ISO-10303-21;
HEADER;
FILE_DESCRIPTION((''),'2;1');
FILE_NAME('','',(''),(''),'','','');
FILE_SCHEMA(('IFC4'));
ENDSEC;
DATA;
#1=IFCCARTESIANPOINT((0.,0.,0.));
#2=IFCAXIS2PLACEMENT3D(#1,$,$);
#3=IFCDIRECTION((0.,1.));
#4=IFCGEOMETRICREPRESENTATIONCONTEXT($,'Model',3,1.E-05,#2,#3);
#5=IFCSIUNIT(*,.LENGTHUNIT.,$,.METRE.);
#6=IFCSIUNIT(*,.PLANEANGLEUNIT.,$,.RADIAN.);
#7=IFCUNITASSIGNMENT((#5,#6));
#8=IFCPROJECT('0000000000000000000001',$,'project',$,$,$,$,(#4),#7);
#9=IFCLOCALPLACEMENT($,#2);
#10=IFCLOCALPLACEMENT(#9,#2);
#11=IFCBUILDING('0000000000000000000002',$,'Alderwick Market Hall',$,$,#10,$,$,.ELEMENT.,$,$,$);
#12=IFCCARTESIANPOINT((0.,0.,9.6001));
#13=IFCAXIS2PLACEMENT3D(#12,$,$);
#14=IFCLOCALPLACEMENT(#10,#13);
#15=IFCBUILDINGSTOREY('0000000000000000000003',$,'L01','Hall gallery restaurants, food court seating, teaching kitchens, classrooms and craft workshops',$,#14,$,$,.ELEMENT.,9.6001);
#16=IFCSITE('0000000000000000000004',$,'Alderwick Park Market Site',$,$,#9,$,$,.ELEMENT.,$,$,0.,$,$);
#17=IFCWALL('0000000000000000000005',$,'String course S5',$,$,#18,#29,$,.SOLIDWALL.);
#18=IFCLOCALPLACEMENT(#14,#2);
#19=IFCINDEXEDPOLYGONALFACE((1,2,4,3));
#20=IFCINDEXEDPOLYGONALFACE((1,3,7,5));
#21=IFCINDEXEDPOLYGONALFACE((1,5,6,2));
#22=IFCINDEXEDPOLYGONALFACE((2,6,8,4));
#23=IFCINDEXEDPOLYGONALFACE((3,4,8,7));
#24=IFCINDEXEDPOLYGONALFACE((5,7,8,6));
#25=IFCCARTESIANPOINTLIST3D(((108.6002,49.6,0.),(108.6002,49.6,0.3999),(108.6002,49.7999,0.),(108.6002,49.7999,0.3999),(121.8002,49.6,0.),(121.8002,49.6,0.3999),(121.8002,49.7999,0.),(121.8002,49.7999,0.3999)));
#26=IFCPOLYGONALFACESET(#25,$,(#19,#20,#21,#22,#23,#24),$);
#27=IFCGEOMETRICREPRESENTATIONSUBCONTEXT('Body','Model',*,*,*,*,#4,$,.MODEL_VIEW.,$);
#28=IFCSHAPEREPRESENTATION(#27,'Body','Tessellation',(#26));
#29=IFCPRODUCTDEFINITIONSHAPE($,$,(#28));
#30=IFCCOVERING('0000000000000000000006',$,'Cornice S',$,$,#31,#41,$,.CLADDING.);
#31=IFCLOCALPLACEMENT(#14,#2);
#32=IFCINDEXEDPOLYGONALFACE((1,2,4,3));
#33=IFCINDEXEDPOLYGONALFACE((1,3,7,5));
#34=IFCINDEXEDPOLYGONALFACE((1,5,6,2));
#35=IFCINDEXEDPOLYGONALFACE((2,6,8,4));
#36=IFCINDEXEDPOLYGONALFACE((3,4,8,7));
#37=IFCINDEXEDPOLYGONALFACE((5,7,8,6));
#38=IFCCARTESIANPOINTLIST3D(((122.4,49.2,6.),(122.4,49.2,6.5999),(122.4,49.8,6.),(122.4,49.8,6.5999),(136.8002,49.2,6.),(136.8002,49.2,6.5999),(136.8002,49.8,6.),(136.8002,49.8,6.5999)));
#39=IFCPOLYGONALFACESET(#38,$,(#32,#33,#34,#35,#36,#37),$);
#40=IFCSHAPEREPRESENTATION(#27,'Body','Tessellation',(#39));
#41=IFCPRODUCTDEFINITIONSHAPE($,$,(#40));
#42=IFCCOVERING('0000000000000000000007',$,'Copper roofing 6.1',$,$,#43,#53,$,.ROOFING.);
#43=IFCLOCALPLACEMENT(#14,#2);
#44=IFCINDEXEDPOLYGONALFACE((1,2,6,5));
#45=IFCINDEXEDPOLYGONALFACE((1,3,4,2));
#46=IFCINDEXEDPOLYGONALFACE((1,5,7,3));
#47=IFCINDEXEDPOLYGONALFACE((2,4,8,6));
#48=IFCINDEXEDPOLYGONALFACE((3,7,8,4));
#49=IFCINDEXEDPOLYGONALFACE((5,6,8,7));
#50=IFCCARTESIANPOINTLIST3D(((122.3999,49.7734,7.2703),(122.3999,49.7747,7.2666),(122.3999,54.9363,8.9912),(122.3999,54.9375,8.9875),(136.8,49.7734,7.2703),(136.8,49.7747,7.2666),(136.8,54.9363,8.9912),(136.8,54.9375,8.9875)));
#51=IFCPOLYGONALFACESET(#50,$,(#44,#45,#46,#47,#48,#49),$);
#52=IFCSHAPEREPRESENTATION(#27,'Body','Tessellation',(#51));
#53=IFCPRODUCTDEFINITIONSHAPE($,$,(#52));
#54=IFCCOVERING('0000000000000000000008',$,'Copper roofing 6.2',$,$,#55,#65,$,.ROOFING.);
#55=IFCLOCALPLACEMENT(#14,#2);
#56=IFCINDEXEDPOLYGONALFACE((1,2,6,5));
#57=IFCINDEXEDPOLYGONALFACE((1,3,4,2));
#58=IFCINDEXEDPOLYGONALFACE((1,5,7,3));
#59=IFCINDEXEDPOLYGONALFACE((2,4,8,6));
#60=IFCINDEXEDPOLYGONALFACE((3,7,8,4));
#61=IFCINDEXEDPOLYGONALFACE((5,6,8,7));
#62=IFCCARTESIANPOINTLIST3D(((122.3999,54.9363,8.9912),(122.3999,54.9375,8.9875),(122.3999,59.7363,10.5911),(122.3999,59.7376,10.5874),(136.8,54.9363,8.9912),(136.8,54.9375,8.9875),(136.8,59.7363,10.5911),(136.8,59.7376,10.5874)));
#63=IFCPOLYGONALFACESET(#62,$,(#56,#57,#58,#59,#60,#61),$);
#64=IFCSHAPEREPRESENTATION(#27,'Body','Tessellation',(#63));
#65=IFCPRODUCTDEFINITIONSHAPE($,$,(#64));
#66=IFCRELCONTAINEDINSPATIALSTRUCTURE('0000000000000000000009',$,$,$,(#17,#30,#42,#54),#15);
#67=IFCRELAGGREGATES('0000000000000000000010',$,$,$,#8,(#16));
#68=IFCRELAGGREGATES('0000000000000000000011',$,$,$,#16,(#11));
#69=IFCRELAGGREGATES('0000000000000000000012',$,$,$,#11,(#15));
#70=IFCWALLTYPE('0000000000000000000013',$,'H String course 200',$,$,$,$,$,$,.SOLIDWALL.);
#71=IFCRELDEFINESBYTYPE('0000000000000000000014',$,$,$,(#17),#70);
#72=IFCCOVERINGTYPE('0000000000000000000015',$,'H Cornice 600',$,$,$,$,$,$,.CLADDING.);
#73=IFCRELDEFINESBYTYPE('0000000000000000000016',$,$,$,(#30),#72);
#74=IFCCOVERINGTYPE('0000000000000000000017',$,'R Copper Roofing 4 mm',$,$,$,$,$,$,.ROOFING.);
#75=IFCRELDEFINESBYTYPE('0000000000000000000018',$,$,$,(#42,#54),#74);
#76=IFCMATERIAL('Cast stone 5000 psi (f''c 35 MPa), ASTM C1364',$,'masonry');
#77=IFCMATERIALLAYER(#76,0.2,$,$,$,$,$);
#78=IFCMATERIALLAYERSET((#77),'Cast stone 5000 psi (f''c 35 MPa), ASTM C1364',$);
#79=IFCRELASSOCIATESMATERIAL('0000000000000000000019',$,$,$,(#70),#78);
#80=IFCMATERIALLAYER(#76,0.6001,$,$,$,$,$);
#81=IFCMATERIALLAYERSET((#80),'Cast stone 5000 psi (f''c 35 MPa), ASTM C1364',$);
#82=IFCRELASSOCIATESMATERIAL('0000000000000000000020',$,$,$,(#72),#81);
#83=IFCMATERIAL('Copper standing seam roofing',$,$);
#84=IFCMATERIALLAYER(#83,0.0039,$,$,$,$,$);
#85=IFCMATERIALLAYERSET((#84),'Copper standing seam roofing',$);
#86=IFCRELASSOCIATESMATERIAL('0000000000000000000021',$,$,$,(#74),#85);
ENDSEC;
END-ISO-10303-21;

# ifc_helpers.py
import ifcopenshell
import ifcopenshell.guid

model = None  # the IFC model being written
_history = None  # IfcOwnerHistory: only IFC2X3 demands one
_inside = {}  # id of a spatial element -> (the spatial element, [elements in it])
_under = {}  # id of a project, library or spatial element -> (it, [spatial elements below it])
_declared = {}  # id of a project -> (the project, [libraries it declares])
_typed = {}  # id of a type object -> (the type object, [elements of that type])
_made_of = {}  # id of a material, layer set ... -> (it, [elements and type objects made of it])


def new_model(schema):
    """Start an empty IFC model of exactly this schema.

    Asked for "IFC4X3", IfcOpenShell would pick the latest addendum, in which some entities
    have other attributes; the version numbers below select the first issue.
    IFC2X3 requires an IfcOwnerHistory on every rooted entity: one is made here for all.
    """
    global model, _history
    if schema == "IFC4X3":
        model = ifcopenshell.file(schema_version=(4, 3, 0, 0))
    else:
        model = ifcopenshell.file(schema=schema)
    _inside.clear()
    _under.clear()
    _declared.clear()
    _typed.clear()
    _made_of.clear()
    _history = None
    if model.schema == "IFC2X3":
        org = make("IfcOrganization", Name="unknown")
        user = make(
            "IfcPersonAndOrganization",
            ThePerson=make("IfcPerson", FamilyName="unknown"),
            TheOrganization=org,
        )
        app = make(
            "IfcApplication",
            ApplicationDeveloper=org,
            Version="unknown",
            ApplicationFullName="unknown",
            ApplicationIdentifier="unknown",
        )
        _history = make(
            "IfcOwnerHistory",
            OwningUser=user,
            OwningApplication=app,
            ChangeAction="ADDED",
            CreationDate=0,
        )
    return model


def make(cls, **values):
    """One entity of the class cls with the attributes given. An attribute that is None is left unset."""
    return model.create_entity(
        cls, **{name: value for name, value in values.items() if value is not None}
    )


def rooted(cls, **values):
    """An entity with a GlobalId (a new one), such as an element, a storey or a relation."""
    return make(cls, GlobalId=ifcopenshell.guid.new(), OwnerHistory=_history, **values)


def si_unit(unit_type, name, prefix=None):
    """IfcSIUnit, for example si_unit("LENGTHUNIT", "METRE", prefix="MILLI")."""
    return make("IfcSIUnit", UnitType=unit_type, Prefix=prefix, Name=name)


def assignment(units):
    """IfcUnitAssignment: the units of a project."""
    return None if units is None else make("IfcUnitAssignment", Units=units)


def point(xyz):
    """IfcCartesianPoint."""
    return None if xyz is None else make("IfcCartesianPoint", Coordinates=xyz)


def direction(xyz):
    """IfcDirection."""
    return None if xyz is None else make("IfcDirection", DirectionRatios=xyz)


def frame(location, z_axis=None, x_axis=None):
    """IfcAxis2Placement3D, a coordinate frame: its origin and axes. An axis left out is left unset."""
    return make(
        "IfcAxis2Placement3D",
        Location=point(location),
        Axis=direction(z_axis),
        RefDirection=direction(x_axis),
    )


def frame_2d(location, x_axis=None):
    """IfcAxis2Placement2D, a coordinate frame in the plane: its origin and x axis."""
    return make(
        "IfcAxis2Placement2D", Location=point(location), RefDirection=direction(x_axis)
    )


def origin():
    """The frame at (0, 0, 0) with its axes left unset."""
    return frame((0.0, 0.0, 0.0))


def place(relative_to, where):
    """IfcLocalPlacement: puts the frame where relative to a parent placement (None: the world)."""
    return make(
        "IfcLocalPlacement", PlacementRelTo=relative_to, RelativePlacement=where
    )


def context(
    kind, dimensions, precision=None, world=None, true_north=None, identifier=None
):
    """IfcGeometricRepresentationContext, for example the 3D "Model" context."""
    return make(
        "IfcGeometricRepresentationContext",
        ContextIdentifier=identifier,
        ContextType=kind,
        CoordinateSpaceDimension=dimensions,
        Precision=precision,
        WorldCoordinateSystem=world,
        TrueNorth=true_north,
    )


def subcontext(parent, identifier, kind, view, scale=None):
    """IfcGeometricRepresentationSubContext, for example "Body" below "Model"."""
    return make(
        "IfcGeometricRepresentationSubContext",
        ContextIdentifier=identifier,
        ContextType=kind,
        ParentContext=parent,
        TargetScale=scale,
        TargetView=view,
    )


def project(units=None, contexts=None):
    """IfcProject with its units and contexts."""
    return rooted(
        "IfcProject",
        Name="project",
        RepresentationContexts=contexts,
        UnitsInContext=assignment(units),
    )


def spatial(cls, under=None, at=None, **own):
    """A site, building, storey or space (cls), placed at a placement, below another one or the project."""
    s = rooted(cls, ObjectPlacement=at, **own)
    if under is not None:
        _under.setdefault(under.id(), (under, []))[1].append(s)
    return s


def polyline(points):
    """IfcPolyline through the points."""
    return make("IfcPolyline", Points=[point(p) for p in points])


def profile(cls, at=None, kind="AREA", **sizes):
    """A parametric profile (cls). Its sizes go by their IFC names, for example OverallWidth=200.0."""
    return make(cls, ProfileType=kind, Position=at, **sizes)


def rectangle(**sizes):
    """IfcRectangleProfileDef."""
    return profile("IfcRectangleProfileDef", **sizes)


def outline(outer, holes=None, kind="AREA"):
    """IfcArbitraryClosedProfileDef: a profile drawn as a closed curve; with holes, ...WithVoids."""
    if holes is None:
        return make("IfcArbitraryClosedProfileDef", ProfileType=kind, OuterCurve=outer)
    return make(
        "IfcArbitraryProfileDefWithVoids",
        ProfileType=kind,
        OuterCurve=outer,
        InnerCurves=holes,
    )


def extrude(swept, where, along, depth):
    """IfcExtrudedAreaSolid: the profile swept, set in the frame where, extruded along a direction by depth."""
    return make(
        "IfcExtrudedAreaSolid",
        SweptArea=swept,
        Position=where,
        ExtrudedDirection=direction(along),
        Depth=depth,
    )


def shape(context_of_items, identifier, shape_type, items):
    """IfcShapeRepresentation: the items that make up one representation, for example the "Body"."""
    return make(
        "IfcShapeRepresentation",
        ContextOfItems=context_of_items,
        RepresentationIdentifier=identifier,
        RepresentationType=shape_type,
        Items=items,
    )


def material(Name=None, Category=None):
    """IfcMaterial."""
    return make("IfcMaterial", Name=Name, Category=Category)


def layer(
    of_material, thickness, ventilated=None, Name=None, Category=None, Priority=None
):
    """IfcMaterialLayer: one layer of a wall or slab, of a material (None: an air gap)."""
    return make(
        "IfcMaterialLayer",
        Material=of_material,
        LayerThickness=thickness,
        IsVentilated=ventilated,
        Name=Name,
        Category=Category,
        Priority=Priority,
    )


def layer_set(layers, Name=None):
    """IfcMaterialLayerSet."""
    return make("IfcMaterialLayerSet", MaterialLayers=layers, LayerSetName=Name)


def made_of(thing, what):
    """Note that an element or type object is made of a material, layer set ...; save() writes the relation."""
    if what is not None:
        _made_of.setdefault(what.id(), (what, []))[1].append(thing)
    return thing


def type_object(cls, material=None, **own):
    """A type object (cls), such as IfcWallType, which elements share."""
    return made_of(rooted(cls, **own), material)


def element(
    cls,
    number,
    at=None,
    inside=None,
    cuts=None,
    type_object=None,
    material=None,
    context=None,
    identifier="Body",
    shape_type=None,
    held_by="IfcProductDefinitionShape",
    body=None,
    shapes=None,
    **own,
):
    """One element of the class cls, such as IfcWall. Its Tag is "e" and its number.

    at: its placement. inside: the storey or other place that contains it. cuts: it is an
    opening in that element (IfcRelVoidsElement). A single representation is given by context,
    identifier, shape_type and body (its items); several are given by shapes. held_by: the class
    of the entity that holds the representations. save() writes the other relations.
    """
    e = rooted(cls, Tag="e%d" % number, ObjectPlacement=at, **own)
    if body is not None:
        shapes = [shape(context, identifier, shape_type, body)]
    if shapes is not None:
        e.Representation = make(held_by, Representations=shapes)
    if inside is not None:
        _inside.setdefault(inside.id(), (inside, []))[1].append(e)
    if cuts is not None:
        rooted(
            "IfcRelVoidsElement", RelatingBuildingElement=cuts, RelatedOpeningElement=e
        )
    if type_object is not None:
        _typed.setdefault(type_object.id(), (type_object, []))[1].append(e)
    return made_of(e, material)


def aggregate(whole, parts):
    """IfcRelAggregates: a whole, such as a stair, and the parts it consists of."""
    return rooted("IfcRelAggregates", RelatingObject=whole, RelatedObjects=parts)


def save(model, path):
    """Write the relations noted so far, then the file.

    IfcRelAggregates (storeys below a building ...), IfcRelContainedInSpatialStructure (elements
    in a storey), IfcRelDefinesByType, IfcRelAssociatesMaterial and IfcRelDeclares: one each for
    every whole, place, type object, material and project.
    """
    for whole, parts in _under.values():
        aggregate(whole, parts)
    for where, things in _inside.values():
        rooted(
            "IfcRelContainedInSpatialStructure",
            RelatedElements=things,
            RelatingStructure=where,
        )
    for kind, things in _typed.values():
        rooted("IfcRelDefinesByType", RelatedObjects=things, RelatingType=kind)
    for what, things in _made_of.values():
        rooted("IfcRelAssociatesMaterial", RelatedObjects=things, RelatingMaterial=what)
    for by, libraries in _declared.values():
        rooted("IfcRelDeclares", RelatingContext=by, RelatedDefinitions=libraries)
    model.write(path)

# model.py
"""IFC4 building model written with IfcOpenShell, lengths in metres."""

from ifc_helpers import new_model, si_unit, direction, frame, frame_2d, origin, place, context, subcontext, project, spatial, polyline, rectangle, outline, extrude, material, layer, layer_set, type_object, element, save


model = new_model("IFC4")

# Units and contexts
model_context = context("Model", 3, precision=1e-05, world=origin(), true_north=direction((0.0, 1.0)))
body_context = subcontext(model_context, "Body", "Model", "MODEL_VIEW")
ifc_project = project(units=[si_unit("LENGTHUNIT", "METRE"), si_unit("PLANEANGLEUNIT", "RADIAN")], contexts=[model_context])

# Site, building, storey
site_placement = place(None, origin())
site = spatial("IfcSite", under=ifc_project, at=site_placement, Name="Alderwick Park Market Site", CompositionType="ELEMENT", RefElevation=0.0)
building_placement = place(site_placement, origin())
building = spatial("IfcBuilding", under=site, at=building_placement, Name="Alderwick Market Hall", CompositionType="ELEMENT")
storey_placement = place(building_placement, frame((0.0, 0.0, 9.6001)))
storey = spatial("IfcBuildingStorey", under=building, at=storey_placement, Name="L01", Description="Hall gallery restaurants, food court seating, teaching kitchens, classrooms and craft workshops", CompositionType="ELEMENT", Elevation=9.6001)

# Wall
ifc_material_1 = material(Name="Cast stone 5000 psi (f'c 35 MPa), ASTM C1364", Category="masonry")
ifc_layer_1 = layer(ifc_material_1, 0.2)
ifc_layer_set_1 = layer_set([ifc_layer_1], Name="Cast stone 5000 psi (f'c 35 MPa), ASTM C1364")
wall_type_1 = type_object("IfcWallType", Name="H String course 200", PredefinedType="SOLIDWALL", material=ifc_layer_set_1)
wall_1_placement = place(storey_placement, frame((108.6001, 49.7, 0.0), z_axis=(0.0, 0.0, 1.0), x_axis=(1.0, 0.0, 0.0)))
element("IfcWall", 1, at=wall_1_placement, inside=storey, type_object=wall_type_1, Name="String course S5", PredefinedType="SOLIDWALL", context=body_context, shape_type="SweptSolid", body=[
    extrude(rectangle(XDim=13.2, YDim=0.2, at=frame_2d((6.6001, 0.0))), origin(), (0.0, 0.0, 1.0), 0.3999),
])

# Coverings
ifc_layer_2 = layer(ifc_material_1, 0.6001)
ifc_layer_set_2 = layer_set([ifc_layer_2], Name="Cast stone 5000 psi (f'c 35 MPa), ASTM C1364")
covering_type_1 = type_object("IfcCoveringType", Name="H Cornice 600", PredefinedType="CLADDING", material=ifc_layer_set_2)
covering_1_placement = place(storey_placement, frame((122.3999, 49.5, 6.0), z_axis=(0.0, 0.0, 1.0), x_axis=(1.0, 0.0, 0.0)))
element("IfcCovering", 2, at=covering_1_placement, inside=storey, type_object=covering_type_1, Name="Cornice S", PredefinedType="CLADDING", context=body_context, shape_type="SweptSolid", body=[
    extrude(rectangle(XDim=14.4001, YDim=0.6001, at=frame_2d((7.2002, 0.0))), origin(), (0.0, 0.0, 1.0), 0.5999),
])
ifc_material_2 = material(Name="Copper standing seam roofing")
ifc_layer_3 = layer(ifc_material_2, 0.0039)
ifc_layer_set_3 = layer_set([ifc_layer_3], Name="Copper standing seam roofing")
covering_type_2 = type_object("IfcCoveringType", Name="R Copper Roofing 4 mm", PredefinedType="ROOFING", material=ifc_layer_set_3)
covering_2_placement = place(storey_placement, frame((122.3999, 49.7734, 7.2703), z_axis=(0.0, -0.316228, 0.948683), x_axis=(1.0, 0.0, 0.0)))
element("IfcCovering", 3, at=covering_2_placement, inside=storey, type_object=covering_type_2, Name="Copper roofing 6.1", PredefinedType="ROOFING", context=body_context, shape_type="SweptSolid", body=[
    extrude(outline(polyline([(0.0, 0.0), (14.4001, 0.0), (14.4001, 5.4421), (0.0, 5.4421), (0.0, 0.0)])), origin(), (0.0, 0.0, -1.0), 0.0039),
])
covering_3_placement = place(storey_placement, frame((122.3999, 54.9363, 8.9912), z_axis=(0.0, -0.316199, 0.948693), x_axis=(1.0, 0.0, 0.0)))
element("IfcCovering", 4, at=covering_3_placement, inside=storey, type_object=covering_type_2, Name="Copper roofing 6.2", PredefinedType="ROOFING", context=body_context, shape_type="SweptSolid", body=[
    extrude(outline(polyline([(0.0, 0.0), (14.4001, 0.0), (14.4001, 5.0596), (0.0, 5.0596), (0.0, 0.0)])), origin(), (0.0, 0.0, -1.0), 0.0039),
])

save(model, "model.ifc")
